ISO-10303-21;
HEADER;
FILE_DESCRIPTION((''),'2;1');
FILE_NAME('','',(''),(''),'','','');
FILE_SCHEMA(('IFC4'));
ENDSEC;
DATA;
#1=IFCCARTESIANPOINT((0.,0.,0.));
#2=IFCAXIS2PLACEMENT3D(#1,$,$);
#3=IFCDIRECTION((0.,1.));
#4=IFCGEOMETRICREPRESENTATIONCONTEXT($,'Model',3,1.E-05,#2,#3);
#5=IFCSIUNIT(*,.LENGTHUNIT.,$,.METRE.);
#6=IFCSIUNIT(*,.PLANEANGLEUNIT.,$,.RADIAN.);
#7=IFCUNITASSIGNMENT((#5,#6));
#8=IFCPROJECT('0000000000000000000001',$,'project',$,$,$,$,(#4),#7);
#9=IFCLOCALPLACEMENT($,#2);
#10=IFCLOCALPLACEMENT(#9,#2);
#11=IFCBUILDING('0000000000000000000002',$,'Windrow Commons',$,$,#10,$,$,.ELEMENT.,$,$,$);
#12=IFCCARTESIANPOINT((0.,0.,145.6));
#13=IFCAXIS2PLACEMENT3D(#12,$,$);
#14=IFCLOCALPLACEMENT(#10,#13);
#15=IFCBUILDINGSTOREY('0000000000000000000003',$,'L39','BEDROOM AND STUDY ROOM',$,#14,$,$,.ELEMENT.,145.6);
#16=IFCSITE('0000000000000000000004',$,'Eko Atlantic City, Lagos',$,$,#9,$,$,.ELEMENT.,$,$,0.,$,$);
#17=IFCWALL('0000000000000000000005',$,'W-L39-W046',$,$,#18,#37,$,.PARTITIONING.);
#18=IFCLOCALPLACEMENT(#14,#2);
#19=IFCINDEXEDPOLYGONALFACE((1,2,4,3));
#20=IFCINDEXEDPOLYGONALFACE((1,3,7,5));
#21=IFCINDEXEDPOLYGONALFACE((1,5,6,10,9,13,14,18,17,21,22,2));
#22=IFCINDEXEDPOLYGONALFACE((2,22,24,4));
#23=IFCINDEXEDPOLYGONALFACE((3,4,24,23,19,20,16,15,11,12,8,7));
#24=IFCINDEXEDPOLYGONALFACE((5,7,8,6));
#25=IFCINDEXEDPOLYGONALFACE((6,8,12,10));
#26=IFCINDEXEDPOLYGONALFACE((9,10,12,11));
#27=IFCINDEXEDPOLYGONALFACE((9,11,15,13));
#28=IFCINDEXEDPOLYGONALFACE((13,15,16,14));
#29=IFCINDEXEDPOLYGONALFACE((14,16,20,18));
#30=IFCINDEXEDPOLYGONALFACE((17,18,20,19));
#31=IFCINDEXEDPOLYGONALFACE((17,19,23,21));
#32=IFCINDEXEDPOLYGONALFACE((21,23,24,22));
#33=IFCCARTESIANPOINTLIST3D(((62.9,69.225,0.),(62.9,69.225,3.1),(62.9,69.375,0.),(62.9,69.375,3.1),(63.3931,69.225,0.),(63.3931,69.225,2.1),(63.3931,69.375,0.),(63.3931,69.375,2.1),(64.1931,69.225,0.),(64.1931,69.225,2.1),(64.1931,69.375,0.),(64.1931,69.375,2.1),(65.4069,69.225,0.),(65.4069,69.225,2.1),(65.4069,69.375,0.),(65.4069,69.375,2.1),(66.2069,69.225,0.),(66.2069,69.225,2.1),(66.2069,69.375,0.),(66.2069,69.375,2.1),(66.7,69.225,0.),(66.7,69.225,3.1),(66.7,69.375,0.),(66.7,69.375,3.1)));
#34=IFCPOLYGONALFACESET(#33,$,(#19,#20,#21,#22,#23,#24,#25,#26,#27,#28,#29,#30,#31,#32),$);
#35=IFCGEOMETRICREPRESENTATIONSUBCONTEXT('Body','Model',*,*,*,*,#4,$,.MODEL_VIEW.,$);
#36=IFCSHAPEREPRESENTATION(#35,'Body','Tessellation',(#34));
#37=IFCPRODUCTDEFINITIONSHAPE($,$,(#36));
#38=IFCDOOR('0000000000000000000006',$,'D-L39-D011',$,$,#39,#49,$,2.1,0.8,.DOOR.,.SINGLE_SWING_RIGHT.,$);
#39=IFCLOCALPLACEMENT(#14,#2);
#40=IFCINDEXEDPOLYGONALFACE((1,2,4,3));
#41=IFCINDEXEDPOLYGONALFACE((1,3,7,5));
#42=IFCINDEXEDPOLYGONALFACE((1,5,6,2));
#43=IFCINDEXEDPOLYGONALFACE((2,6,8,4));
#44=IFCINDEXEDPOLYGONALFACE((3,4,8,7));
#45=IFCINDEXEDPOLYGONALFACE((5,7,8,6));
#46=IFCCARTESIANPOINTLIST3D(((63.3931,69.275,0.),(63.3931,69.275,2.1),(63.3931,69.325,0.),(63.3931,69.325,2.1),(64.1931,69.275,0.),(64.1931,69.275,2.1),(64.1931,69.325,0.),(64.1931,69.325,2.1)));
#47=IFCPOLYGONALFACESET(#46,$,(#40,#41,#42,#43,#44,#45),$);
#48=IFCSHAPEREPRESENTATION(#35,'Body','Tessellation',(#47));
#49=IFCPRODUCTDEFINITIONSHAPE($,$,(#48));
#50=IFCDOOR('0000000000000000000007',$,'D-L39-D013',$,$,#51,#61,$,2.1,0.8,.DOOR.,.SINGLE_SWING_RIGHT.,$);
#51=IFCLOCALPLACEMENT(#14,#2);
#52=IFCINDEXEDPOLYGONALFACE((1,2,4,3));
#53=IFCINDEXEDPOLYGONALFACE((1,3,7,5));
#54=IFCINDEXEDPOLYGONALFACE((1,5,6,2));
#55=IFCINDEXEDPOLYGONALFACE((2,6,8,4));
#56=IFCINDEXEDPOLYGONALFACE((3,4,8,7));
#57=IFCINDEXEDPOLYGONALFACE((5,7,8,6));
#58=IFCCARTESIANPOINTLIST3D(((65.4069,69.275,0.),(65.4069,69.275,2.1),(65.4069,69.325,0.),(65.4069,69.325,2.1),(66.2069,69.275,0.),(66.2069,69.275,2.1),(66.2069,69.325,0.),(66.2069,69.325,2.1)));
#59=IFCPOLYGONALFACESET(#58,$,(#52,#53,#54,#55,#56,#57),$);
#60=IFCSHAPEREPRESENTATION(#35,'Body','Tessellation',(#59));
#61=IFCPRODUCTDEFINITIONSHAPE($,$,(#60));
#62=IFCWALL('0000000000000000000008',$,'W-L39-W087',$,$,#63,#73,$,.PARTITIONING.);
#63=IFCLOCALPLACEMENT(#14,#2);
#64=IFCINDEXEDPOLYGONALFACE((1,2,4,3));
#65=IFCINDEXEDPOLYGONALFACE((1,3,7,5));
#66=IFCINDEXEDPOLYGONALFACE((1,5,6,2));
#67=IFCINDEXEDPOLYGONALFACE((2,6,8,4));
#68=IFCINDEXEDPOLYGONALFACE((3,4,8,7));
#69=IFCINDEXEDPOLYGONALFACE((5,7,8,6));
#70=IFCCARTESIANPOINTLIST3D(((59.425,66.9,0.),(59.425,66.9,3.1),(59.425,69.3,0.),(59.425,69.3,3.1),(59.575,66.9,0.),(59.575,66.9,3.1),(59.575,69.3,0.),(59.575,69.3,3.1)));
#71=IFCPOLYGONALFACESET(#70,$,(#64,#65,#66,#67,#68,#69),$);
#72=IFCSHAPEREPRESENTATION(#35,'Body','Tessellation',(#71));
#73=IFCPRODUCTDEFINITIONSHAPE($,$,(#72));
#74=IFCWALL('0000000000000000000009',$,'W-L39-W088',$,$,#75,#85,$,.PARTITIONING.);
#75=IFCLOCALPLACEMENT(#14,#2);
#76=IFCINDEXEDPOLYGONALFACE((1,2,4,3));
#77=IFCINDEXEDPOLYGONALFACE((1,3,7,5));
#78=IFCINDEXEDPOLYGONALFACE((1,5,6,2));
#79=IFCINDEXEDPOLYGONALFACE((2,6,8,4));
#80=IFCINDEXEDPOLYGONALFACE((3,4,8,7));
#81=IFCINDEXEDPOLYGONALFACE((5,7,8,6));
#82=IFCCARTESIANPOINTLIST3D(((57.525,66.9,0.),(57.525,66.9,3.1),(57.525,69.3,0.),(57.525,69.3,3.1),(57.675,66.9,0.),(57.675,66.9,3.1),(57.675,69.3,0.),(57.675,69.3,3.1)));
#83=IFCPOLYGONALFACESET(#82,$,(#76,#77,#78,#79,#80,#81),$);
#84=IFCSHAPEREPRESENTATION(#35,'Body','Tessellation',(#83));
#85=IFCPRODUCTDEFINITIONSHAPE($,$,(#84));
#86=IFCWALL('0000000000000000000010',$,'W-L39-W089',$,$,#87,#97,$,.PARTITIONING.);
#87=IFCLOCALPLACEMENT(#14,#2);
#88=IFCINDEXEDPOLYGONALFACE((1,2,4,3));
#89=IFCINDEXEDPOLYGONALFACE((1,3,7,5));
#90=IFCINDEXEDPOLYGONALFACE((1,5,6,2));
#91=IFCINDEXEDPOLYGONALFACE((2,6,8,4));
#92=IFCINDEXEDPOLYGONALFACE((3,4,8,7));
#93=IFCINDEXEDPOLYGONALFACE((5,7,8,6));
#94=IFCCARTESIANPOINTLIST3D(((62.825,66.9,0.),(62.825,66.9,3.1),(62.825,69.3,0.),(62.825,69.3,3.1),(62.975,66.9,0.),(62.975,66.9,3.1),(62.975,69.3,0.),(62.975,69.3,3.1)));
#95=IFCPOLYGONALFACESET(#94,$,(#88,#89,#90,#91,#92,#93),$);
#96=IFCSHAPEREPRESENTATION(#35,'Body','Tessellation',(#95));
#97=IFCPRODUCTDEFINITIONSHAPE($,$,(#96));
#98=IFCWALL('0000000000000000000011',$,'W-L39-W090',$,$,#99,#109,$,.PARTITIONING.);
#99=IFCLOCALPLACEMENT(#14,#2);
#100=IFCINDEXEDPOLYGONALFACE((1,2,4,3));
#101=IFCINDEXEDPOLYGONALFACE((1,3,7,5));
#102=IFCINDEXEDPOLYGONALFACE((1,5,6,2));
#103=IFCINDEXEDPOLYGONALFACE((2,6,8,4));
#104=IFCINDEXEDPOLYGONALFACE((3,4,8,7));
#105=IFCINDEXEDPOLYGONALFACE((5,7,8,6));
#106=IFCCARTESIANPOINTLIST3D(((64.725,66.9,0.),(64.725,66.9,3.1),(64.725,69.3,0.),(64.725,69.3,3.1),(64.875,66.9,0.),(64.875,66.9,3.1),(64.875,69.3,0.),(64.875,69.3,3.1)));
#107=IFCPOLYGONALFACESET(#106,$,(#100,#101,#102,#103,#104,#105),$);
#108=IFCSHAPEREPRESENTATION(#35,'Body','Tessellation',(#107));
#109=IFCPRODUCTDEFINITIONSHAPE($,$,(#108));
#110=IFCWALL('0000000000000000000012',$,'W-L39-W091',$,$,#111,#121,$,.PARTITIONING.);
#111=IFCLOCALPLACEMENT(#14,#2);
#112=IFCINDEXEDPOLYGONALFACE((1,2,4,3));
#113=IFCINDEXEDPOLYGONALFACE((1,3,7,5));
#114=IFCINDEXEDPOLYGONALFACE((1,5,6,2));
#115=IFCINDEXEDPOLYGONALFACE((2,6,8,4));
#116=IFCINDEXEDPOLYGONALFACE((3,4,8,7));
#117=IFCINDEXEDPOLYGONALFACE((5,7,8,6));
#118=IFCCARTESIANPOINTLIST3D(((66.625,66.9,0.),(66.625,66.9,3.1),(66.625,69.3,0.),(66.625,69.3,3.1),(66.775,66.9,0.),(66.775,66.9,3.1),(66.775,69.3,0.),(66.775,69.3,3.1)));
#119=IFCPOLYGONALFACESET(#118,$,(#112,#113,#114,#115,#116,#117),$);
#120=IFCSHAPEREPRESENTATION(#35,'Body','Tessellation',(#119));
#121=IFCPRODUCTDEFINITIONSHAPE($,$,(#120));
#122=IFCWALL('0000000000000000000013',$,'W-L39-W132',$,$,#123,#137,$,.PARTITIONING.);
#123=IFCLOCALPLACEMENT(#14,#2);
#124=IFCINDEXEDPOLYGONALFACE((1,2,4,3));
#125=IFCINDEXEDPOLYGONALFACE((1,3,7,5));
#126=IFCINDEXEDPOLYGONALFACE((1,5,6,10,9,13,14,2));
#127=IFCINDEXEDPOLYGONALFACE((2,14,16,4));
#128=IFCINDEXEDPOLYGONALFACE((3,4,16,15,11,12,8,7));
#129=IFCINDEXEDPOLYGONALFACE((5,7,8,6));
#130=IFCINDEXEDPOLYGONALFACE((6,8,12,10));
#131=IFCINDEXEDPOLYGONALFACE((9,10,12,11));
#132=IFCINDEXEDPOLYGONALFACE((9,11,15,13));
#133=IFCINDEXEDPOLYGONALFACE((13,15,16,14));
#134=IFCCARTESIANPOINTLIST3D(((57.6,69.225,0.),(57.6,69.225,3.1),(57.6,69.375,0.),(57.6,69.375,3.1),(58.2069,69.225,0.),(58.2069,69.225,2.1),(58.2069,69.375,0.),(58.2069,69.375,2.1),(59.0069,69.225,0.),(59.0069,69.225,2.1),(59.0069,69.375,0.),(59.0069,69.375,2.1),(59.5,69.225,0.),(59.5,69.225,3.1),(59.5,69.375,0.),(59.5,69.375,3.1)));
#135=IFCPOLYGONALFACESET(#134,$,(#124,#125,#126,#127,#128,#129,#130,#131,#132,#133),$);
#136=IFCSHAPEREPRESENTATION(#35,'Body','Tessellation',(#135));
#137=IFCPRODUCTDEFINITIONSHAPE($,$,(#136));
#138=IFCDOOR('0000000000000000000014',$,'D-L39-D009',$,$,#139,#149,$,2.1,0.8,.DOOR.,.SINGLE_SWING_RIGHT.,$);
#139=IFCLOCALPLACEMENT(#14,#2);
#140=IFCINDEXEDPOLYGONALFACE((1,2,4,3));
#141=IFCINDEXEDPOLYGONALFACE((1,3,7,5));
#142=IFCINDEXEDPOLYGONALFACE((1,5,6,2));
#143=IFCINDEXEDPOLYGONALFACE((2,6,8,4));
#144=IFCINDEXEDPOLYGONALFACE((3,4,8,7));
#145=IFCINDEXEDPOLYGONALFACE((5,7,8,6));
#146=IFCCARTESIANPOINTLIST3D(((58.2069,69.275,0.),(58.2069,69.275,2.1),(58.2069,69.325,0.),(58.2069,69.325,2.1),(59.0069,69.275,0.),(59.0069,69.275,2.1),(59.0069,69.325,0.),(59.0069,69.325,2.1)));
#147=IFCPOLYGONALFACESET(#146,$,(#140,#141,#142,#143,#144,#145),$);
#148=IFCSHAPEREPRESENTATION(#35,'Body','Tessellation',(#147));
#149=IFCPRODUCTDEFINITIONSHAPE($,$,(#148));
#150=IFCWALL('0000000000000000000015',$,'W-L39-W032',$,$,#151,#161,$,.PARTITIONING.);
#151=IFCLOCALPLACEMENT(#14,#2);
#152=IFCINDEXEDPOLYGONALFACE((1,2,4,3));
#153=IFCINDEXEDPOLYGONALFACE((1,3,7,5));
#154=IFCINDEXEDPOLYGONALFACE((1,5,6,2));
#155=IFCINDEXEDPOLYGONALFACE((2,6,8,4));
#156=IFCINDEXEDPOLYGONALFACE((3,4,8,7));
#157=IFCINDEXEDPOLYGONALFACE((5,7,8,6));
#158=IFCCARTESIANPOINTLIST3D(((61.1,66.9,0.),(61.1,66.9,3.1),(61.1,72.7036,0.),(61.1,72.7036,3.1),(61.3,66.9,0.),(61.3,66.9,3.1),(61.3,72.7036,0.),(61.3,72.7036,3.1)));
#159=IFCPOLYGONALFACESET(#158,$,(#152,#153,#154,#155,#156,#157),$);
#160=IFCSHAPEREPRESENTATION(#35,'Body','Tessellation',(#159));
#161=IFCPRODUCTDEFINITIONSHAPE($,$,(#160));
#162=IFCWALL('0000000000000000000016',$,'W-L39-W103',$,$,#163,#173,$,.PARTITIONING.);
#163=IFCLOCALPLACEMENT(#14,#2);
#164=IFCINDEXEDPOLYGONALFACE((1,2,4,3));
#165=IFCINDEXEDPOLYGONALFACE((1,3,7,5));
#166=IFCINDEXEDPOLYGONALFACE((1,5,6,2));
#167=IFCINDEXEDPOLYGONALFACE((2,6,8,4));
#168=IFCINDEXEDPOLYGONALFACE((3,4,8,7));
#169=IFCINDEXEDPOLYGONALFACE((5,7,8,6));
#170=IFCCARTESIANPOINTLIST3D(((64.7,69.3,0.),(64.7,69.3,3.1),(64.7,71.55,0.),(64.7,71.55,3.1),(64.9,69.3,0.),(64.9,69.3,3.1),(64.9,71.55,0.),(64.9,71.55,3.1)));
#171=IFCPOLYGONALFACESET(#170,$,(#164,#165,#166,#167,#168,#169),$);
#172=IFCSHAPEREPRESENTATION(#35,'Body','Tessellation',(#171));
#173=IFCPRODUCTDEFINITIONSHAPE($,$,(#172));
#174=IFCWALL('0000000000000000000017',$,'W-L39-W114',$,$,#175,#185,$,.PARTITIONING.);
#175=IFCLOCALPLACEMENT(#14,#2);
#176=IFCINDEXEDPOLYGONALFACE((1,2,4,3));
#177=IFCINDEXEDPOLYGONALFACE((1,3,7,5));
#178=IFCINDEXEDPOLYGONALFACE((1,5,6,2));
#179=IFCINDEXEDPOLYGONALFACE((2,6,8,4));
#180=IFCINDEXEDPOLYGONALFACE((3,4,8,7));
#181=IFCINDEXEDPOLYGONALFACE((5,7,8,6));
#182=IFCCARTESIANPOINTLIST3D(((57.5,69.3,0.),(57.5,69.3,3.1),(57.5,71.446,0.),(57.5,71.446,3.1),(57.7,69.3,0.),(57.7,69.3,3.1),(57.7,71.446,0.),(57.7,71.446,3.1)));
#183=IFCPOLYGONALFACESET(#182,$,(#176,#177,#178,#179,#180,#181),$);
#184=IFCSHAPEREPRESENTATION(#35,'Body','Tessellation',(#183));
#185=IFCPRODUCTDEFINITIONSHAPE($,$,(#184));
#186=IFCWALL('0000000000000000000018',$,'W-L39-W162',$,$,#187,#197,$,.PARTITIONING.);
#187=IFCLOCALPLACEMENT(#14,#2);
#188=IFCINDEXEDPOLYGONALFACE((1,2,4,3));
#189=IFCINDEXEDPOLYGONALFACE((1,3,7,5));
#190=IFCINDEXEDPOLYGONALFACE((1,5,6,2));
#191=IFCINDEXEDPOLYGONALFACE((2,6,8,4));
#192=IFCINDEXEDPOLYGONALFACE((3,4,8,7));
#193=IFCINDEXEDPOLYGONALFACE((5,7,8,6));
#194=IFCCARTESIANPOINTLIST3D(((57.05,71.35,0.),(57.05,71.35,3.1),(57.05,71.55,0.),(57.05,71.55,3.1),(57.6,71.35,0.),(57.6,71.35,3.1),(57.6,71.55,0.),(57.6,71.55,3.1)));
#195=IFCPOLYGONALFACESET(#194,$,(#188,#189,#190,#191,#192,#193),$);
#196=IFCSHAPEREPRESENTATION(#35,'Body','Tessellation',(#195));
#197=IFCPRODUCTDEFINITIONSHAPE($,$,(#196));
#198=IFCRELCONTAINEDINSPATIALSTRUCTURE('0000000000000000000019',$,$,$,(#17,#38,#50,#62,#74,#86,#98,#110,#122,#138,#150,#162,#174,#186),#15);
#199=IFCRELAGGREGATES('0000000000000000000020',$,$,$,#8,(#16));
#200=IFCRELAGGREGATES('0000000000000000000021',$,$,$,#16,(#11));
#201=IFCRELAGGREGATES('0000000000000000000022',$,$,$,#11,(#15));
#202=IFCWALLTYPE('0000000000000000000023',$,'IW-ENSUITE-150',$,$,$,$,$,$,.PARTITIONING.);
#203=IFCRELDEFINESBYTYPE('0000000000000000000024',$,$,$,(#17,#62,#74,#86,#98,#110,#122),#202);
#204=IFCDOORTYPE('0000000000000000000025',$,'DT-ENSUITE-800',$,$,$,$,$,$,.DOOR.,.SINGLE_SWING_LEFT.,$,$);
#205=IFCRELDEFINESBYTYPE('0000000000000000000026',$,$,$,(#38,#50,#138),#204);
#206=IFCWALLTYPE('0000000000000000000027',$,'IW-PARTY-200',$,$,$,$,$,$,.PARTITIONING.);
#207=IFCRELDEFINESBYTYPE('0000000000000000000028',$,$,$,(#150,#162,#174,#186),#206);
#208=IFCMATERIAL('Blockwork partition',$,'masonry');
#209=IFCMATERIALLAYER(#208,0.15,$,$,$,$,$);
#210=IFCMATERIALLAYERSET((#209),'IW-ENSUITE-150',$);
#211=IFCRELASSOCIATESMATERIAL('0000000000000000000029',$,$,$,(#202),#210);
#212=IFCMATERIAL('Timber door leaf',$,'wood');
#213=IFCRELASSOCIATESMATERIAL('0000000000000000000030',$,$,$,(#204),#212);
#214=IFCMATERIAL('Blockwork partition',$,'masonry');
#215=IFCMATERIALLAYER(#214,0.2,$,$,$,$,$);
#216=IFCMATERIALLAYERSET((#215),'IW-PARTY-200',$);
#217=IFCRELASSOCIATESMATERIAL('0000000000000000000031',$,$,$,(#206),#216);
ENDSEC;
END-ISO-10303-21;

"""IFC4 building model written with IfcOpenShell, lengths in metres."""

from ifc_helpers import new_model, si_unit, direction, frame, frame_2d, origin, place, context, subcontext, project, spatial, rectangle, extrude, material, layer, layer_set, type_object, element, fill, save


model = new_model("IFC4")

# Units and contexts
model_context = context("Model", 3, precision=1e-05, world=origin(), true_north=direction((0.0, 1.0)))
body_context = subcontext(model_context, "Body", "Model", "MODEL_VIEW")
ifc_project = project(units=[si_unit("LENGTHUNIT", "METRE"), si_unit("PLANEANGLEUNIT", "RADIAN")], contexts=[model_context])

# Site, building, storey
site_placement = place(None, origin())
site = spatial("IfcSite", under=ifc_project, at=site_placement, Name="Eko Atlantic City, Lagos", CompositionType="ELEMENT", RefElevation=0.0)
building_placement = place(site_placement, origin())
building = spatial("IfcBuilding", under=site, at=building_placement, Name="Windrow Commons", CompositionType="ELEMENT")
storey_placement = place(building_placement, frame((0.0, 0.0, 145.6)))
storey = spatial("IfcBuildingStorey", under=building, at=storey_placement, Name="L39", Description="BEDROOM AND STUDY ROOM", CompositionType="ELEMENT", Elevation=145.6)

# Wall, openings, doors
ifc_material_1 = material(Name="Blockwork partition", Category="masonry")
ifc_layer_1 = layer(ifc_material_1, 0.15)
ifc_layer_set_1 = layer_set([ifc_layer_1], Name="IW-ENSUITE-150")
wall_type_1 = type_object("IfcWallType", Name="IW-ENSUITE-150", PredefinedType="PARTITIONING", material=ifc_layer_set_1)
wall_1_placement = place(storey_placement, frame((62.9, 69.3, 0.0), z_axis=(0.0, 0.0, 1.0), x_axis=(1.0, 0.0, 0.0)))
wall_1 = element("IfcWall", 1, at=wall_1_placement, inside=storey, type_object=wall_type_1, Name="W-L39-W046", PredefinedType="PARTITIONING", context=body_context, shape_type="SweptSolid", body=[
    extrude(rectangle(XDim=3.8, YDim=0.15, at=frame_2d((1.9, 0.0))), origin(), (0.0, 0.0, 1.0), 3.1),
])
opening_1_placement = place(wall_1_placement, frame((0.4931, 0.0, 0.0)))
opening_1 = element("IfcOpeningElement", 2, at=opening_1_placement, cuts=wall_1, PredefinedType="OPENING", context=body_context, shape_type="SweptSolid", body=[
    extrude(rectangle(XDim=0.8, YDim=2.1, at=frame_2d((0.4, 1.05))), frame((0.0, 0.085, 0.0), z_axis=(0.0, -1.0, 0.0), x_axis=(1.0, 0.0, 0.0)), (0.0, 0.0, 1.0), 0.17),
])
opening_2_placement = place(wall_1_placement, frame((2.5069, 0.0, 0.0)))
opening_2 = element("IfcOpeningElement", 3, at=opening_2_placement, cuts=wall_1, PredefinedType="OPENING", context=body_context, shape_type="SweptSolid", body=[
    extrude(rectangle(XDim=0.8, YDim=2.1, at=frame_2d((0.4, 1.05))), frame((0.0, 0.085, 0.0), z_axis=(0.0, -1.0, 0.0), x_axis=(1.0, 0.0, 0.0)), (0.0, 0.0, 1.0), 0.17),
])
ifc_material_2 = material(Name="Timber door leaf", Category="wood")
door_type = type_object("IfcDoorType", Name="DT-ENSUITE-800", OperationType="SINGLE_SWING_LEFT", PredefinedType="DOOR", material=ifc_material_2)
door_1_placement = place(opening_1_placement, origin())
door_1 = element("IfcDoor", 4, at=door_1_placement, inside=storey, type_object=door_type, Name="D-L39-D011", OperationType="SINGLE_SWING_RIGHT", OverallHeight=2.1, OverallWidth=0.8, PredefinedType="DOOR", context=body_context, shape_type="SweptSolid", body=[
    extrude(rectangle(XDim=0.8, YDim=2.1, at=frame_2d((0.4, 1.05))), frame((0.0, 0.025, 0.0), z_axis=(0.0, -1.0, 0.0), x_axis=(1.0, 0.0, 0.0)), (0.0, 0.0, 1.0), 0.05),
])
fill(opening_1, door_1)
door_2_placement = place(opening_2_placement, origin())
door_2 = element("IfcDoor", 5, at=door_2_placement, inside=storey, type_object=door_type, Name="D-L39-D013", OperationType="SINGLE_SWING_RIGHT", OverallHeight=2.1, OverallWidth=0.8, PredefinedType="DOOR", context=body_context, shape_type="SweptSolid", body=[
    extrude(rectangle(XDim=0.8, YDim=2.1, at=frame_2d((0.4, 1.05))), frame((0.0, 0.025, 0.0), z_axis=(0.0, -1.0, 0.0), x_axis=(1.0, 0.0, 0.0)), (0.0, 0.0, 1.0), 0.05),
])
fill(opening_2, door_2)

# Walls
for number, where, z_axis, x_axis, name in (
    (6, (59.5, 66.9, 0.0), (0.0, 0.0, 1.0), (0.0, 1.0, 0.0), "W-L39-W087"),
    (7, (57.6, 66.9, 0.0), (0.0, 0.0, 1.0), (0.0, 1.0, 0.0), "W-L39-W088"),
    (8, (62.9, 66.9, 0.0), (0.0, 0.0, 1.0), (0.0, 1.0, 0.0), "W-L39-W089"),
    (9, (64.8, 66.9, 0.0), (0.0, 0.0, 1.0), (0.0, 1.0, 0.0), "W-L39-W090"),
    (10, (66.7, 66.9, 0.0), (0.0, 0.0, 1.0), (0.0, 1.0, 0.0), "W-L39-W091"),
):
    element("IfcWall", number, at=place(storey_placement, frame(where, z_axis=z_axis, x_axis=x_axis)), inside=storey, type_object=wall_type_1, Name=name, PredefinedType="PARTITIONING", context=body_context, shape_type="SweptSolid", body=[
        extrude(rectangle(XDim=2.4, YDim=0.15, at=frame_2d((1.2, 0.0))), origin(), (0.0, 0.0, 1.0), 3.1),
    ])

# Wall, opening, door
wall_2_placement = place(storey_placement, frame((57.6, 69.3, 0.0), z_axis=(0.0, 0.0, 1.0), x_axis=(1.0, 0.0, 0.0)))
wall_2 = element("IfcWall", 11, at=wall_2_placement, inside=storey, type_object=wall_type_1, Name="W-L39-W132", PredefinedType="PARTITIONING", context=body_context, shape_type="SweptSolid", body=[
    extrude(rectangle(XDim=1.9, YDim=0.15, at=frame_2d((0.95, 0.0))), origin(), (0.0, 0.0, 1.0), 3.1),
])
opening_3_placement = place(wall_2_placement, frame((0.6069, 0.0, 0.0)))
opening_3 = element("IfcOpeningElement", 12, at=opening_3_placement, cuts=wall_2, PredefinedType="OPENING", context=body_context, shape_type="SweptSolid", body=[
    extrude(rectangle(XDim=0.8, YDim=2.1, at=frame_2d((0.4, 1.05))), frame((0.0, 0.085, 0.0), z_axis=(0.0, -1.0, 0.0), x_axis=(1.0, 0.0, 0.0)), (0.0, 0.0, 1.0), 0.17),
])
door_3_placement = place(opening_3_placement, origin())
door_3 = element("IfcDoor", 13, at=door_3_placement, inside=storey, type_object=door_type, Name="D-L39-D009", OperationType="SINGLE_SWING_RIGHT", OverallHeight=2.1, OverallWidth=0.8, PredefinedType="DOOR", context=body_context, shape_type="SweptSolid", body=[
    extrude(rectangle(XDim=0.8, YDim=2.1, at=frame_2d((0.4, 1.05))), frame((0.0, 0.025, 0.0), z_axis=(0.0, -1.0, 0.0), x_axis=(1.0, 0.0, 0.0)), (0.0, 0.0, 1.0), 0.05),
])
fill(opening_3, door_3)

# Walls
ifc_material_3 = material(Name="Blockwork partition", Category="masonry")
ifc_layer_2 = layer(ifc_material_3, 0.2)
ifc_layer_set_2 = layer_set([ifc_layer_2], Name="IW-PARTY-200")
wall_type_2 = type_object("IfcWallType", Name="IW-PARTY-200", PredefinedType="PARTITIONING", material=ifc_layer_set_2)
wall_3_placement = place(storey_placement, frame((61.2, 66.9, 0.0), z_axis=(0.0, 0.0, 1.0), x_axis=(0.0, 1.0, 0.0)))
element("IfcWall", 14, at=wall_3_placement, inside=storey, type_object=wall_type_2, Name="W-L39-W032", PredefinedType="PARTITIONING", context=body_context, shape_type="SweptSolid", body=[
    extrude(rectangle(XDim=5.8036, YDim=0.2, at=frame_2d((2.9018, 0.0))), origin(), (0.0, 0.0, 1.0), 3.1),
])
wall_4_placement = place(storey_placement, frame((64.8, 69.3, 0.0), z_axis=(0.0, 0.0, 1.0), x_axis=(0.0, 1.0, 0.0)))
element("IfcWall", 15, at=wall_4_placement, inside=storey, type_object=wall_type_2, Name="W-L39-W103", PredefinedType="PARTITIONING", context=body_context, shape_type="SweptSolid", body=[
    extrude(rectangle(XDim=2.25, YDim=0.2, at=frame_2d((1.125, 0.0))), origin(), (0.0, 0.0, 1.0), 3.1),
])
wall_5_placement = place(storey_placement, frame((57.6, 69.3, 0.0), z_axis=(0.0, 0.0, 1.0), x_axis=(0.0, 1.0, 0.0)))
element("IfcWall", 16, at=wall_5_placement, inside=storey, type_object=wall_type_2, Name="W-L39-W114", PredefinedType="PARTITIONING", context=body_context, shape_type="SweptSolid", body=[
    extrude(rectangle(XDim=2.146, YDim=0.2, at=frame_2d((1.073, 0.0))), origin(), (0.0, 0.0, 1.0), 3.1),
])
wall_6_placement = place(storey_placement, frame((57.05, 71.45, 0.0), z_axis=(0.0, 0.0, 1.0), x_axis=(1.0, 0.0, 0.0)))
element("IfcWall", 17, at=wall_6_placement, inside=storey, type_object=wall_type_2, Name="W-L39-W162", PredefinedType="PARTITIONING", context=body_context, shape_type="SweptSolid", body=[
    extrude(rectangle(XDim=0.55, YDim=0.2, at=frame_2d((0.275, 0.0))), origin(), (0.0, 0.0, 1.0), 3.1),
])

save(model, "model.ifc")
